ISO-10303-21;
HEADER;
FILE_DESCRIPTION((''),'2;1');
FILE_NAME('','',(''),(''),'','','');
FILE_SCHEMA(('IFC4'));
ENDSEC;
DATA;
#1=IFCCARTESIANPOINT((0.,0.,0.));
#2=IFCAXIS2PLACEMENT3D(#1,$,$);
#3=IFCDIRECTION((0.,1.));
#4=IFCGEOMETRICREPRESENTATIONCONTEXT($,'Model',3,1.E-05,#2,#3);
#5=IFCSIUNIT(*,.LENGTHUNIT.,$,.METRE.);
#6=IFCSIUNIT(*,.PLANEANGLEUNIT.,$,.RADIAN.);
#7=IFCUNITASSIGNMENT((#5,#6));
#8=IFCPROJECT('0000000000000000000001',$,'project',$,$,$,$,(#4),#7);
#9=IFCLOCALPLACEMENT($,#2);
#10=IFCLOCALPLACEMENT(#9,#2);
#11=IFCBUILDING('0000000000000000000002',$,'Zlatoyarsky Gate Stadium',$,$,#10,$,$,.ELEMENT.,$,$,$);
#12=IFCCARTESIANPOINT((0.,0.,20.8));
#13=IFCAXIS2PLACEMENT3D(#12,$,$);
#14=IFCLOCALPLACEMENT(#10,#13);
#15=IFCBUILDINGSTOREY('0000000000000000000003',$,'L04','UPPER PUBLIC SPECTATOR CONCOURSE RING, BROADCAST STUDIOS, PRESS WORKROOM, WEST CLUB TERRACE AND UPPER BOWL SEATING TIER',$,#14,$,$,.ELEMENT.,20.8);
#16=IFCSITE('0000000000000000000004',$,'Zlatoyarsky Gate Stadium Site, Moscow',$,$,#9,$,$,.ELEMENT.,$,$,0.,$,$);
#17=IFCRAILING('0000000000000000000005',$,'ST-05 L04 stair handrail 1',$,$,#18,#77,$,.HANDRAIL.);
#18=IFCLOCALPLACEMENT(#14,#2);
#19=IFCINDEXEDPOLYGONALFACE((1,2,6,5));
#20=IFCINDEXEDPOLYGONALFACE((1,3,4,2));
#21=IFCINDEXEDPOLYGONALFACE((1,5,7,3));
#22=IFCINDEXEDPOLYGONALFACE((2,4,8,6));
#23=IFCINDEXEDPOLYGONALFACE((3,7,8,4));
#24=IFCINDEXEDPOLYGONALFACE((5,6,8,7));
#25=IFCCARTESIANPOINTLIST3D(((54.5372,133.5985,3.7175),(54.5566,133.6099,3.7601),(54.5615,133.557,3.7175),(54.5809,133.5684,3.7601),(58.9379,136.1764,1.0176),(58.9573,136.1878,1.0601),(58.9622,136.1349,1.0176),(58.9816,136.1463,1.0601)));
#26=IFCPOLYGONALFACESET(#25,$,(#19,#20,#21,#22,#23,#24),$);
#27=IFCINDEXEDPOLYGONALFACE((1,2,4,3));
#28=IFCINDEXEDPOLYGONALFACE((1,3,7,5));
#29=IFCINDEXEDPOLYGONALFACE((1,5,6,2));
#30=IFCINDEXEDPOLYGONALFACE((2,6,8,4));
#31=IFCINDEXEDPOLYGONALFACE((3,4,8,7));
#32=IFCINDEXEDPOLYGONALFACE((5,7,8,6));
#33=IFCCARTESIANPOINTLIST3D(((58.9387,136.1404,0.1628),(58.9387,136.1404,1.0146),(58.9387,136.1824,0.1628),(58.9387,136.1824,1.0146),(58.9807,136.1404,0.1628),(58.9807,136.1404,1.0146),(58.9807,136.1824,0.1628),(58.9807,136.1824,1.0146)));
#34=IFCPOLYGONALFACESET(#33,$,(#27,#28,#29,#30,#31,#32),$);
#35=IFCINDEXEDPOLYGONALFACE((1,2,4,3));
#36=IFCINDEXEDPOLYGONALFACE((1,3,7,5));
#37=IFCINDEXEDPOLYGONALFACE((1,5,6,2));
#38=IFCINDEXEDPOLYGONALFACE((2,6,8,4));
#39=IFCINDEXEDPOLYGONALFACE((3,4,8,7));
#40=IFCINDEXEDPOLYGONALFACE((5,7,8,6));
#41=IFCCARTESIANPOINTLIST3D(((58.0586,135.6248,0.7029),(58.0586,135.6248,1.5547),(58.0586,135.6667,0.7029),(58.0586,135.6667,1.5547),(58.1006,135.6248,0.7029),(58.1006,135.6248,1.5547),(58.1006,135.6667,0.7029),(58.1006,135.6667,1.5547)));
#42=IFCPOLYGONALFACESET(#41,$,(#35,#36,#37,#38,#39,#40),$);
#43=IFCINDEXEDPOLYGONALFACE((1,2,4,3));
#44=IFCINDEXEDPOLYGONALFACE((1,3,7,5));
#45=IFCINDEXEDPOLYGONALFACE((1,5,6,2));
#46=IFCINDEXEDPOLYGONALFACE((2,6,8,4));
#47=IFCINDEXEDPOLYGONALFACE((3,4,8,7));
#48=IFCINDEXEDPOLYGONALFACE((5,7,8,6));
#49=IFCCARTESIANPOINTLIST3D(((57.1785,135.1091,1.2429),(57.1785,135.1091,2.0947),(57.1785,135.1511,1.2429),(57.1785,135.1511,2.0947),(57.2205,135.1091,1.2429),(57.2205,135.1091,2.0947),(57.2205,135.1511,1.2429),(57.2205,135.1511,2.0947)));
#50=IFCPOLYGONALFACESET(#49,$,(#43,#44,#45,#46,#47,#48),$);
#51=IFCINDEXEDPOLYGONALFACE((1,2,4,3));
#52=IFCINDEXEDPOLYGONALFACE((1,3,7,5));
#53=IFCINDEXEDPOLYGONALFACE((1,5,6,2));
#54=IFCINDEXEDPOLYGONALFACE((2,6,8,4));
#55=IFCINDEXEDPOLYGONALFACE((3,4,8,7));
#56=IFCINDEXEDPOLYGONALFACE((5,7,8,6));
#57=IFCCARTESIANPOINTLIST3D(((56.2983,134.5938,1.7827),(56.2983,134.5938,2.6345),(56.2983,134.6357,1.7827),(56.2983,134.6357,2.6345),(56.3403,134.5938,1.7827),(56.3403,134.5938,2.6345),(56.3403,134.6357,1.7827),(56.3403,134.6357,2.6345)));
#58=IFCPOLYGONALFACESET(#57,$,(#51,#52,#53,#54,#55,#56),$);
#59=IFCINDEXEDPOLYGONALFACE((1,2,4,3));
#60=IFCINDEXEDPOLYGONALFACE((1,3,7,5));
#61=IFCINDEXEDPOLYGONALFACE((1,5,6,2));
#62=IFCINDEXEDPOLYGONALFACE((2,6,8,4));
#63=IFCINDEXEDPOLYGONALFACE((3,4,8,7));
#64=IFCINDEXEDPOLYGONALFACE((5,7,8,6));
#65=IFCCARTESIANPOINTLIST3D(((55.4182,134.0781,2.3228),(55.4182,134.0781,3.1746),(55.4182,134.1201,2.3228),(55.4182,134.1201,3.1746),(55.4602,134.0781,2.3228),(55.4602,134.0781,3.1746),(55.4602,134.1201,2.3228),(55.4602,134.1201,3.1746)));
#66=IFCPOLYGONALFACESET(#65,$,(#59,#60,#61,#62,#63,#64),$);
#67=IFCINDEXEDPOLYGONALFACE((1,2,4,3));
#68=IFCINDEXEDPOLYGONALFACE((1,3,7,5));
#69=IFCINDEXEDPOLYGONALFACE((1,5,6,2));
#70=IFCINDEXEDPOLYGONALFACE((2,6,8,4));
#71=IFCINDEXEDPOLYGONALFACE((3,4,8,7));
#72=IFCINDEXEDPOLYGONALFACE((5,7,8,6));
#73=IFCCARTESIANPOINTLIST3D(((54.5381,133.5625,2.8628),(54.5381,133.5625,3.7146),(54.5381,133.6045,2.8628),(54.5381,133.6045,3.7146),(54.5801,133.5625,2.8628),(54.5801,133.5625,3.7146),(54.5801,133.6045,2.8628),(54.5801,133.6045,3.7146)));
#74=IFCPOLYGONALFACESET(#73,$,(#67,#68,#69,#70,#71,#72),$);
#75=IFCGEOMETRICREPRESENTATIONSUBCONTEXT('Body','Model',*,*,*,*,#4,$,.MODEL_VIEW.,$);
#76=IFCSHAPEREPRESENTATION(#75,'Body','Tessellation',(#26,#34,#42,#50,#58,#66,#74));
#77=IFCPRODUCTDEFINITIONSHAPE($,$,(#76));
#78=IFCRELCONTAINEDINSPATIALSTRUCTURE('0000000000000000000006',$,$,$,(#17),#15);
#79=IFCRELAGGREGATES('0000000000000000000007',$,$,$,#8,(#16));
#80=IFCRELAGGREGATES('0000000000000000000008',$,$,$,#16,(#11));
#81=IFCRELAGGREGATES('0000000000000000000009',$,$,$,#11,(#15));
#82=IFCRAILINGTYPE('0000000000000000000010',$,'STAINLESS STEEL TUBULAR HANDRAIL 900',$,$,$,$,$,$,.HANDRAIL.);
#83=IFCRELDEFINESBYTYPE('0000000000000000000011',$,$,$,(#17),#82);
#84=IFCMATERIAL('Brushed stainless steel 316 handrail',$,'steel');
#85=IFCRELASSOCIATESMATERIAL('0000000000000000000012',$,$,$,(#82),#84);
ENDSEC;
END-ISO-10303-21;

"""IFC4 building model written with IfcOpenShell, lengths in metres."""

from ifc_helpers import new_model, si_unit, direction, frame, origin, origin_2d, place, context, subcontext, project, spatial, rectangle, extrude, material, type_object, element, save


model = new_model("IFC4")

# Units and contexts
model_context = context("Model", 3, precision=1e-05, world=origin(), true_north=direction((0.0, 1.0)))
body_context = subcontext(model_context, "Body", "Model", "MODEL_VIEW")
ifc_project = project(units=[si_unit("LENGTHUNIT", "METRE"), si_unit("PLANEANGLEUNIT", "RADIAN")], contexts=[model_context])

# Site, building, storey
site_placement = place(None, origin())
site = spatial("IfcSite", under=ifc_project, at=site_placement, Name="Zlatoyarsky Gate Stadium Site, Moscow", CompositionType="ELEMENT", RefElevation=0.0)
building_placement = place(site_placement, origin())
building = spatial("IfcBuilding", under=site, at=building_placement, Name="Zlatoyarsky Gate Stadium", CompositionType="ELEMENT")
storey_placement = place(building_placement, frame((0.0, 0.0, 20.8)))
storey = spatial("IfcBuildingStorey", under=building, at=storey_placement, Name="L04", Description="UPPER PUBLIC SPECTATOR CONCOURSE RING, BROADCAST STUDIOS, PRESS WORKROOM, WEST CLUB TERRACE AND UPPER BOWL SEATING TIER", CompositionType="ELEMENT", Elevation=20.8)

# Railing
ifc_material_1 = material(Name="Brushed stainless steel 316 handrail", Category="steel")
railing_type_1 = type_object("IfcRailingType", Name="STAINLESS STEEL TUBULAR HANDRAIL 900", PredefinedType="HANDRAIL", material=ifc_material_1)
railing_1_placement = place(storey_placement, frame((58.9597, 136.1614, 0.1628)))
element("IfcRailing", 1, at=railing_1_placement, inside=storey, type_object=railing_type_1, Name="ST-05 L04 stair handrail 1", PredefinedType="HANDRAIL", context=body_context, shape_type="SweptSolid", body=[
    extrude(rectangle(XDim=0.0481, YDim=0.0481, at=origin_2d()), frame((0.0, 0.0, 0.876), z_axis=(-0.762585, -0.44672, 0.467874), x_axis=(0.505457, -0.862852, 0.0)), (0.0, 0.0, 1.0), 5.7708),
    extrude(rectangle(XDim=0.042, YDim=0.042, at=origin_2d()), origin(), (0.0, 0.0, 1.0), 0.8518),
    extrude(rectangle(XDim=0.042, YDim=0.042, at=origin_2d()), frame((-0.8801, -0.5156, 0.54)), (0.0, 0.0, 1.0), 0.8518),
    extrude(rectangle(XDim=0.042, YDim=0.042, at=origin_2d()), frame((-1.7603, -1.0312, 1.0801)), (0.0, 0.0, 1.0), 0.8518),
    extrude(rectangle(XDim=0.042, YDim=0.042, at=origin_2d()), frame((-2.6404, -1.5466, 1.6199)), (0.0, 0.0, 1.0), 0.8518),
    extrude(rectangle(XDim=0.042, YDim=0.042, at=origin_2d()), frame((-3.5205, -2.0623, 2.1599)), (0.0, 0.0, 1.0), 0.8518),
    extrude(rectangle(XDim=0.042, YDim=0.042, at=origin_2d()), frame((-4.4006, -2.5779, 2.7)), (0.0, 0.0, 1.0), 0.8518),
])

save(model, "model.ifc")
